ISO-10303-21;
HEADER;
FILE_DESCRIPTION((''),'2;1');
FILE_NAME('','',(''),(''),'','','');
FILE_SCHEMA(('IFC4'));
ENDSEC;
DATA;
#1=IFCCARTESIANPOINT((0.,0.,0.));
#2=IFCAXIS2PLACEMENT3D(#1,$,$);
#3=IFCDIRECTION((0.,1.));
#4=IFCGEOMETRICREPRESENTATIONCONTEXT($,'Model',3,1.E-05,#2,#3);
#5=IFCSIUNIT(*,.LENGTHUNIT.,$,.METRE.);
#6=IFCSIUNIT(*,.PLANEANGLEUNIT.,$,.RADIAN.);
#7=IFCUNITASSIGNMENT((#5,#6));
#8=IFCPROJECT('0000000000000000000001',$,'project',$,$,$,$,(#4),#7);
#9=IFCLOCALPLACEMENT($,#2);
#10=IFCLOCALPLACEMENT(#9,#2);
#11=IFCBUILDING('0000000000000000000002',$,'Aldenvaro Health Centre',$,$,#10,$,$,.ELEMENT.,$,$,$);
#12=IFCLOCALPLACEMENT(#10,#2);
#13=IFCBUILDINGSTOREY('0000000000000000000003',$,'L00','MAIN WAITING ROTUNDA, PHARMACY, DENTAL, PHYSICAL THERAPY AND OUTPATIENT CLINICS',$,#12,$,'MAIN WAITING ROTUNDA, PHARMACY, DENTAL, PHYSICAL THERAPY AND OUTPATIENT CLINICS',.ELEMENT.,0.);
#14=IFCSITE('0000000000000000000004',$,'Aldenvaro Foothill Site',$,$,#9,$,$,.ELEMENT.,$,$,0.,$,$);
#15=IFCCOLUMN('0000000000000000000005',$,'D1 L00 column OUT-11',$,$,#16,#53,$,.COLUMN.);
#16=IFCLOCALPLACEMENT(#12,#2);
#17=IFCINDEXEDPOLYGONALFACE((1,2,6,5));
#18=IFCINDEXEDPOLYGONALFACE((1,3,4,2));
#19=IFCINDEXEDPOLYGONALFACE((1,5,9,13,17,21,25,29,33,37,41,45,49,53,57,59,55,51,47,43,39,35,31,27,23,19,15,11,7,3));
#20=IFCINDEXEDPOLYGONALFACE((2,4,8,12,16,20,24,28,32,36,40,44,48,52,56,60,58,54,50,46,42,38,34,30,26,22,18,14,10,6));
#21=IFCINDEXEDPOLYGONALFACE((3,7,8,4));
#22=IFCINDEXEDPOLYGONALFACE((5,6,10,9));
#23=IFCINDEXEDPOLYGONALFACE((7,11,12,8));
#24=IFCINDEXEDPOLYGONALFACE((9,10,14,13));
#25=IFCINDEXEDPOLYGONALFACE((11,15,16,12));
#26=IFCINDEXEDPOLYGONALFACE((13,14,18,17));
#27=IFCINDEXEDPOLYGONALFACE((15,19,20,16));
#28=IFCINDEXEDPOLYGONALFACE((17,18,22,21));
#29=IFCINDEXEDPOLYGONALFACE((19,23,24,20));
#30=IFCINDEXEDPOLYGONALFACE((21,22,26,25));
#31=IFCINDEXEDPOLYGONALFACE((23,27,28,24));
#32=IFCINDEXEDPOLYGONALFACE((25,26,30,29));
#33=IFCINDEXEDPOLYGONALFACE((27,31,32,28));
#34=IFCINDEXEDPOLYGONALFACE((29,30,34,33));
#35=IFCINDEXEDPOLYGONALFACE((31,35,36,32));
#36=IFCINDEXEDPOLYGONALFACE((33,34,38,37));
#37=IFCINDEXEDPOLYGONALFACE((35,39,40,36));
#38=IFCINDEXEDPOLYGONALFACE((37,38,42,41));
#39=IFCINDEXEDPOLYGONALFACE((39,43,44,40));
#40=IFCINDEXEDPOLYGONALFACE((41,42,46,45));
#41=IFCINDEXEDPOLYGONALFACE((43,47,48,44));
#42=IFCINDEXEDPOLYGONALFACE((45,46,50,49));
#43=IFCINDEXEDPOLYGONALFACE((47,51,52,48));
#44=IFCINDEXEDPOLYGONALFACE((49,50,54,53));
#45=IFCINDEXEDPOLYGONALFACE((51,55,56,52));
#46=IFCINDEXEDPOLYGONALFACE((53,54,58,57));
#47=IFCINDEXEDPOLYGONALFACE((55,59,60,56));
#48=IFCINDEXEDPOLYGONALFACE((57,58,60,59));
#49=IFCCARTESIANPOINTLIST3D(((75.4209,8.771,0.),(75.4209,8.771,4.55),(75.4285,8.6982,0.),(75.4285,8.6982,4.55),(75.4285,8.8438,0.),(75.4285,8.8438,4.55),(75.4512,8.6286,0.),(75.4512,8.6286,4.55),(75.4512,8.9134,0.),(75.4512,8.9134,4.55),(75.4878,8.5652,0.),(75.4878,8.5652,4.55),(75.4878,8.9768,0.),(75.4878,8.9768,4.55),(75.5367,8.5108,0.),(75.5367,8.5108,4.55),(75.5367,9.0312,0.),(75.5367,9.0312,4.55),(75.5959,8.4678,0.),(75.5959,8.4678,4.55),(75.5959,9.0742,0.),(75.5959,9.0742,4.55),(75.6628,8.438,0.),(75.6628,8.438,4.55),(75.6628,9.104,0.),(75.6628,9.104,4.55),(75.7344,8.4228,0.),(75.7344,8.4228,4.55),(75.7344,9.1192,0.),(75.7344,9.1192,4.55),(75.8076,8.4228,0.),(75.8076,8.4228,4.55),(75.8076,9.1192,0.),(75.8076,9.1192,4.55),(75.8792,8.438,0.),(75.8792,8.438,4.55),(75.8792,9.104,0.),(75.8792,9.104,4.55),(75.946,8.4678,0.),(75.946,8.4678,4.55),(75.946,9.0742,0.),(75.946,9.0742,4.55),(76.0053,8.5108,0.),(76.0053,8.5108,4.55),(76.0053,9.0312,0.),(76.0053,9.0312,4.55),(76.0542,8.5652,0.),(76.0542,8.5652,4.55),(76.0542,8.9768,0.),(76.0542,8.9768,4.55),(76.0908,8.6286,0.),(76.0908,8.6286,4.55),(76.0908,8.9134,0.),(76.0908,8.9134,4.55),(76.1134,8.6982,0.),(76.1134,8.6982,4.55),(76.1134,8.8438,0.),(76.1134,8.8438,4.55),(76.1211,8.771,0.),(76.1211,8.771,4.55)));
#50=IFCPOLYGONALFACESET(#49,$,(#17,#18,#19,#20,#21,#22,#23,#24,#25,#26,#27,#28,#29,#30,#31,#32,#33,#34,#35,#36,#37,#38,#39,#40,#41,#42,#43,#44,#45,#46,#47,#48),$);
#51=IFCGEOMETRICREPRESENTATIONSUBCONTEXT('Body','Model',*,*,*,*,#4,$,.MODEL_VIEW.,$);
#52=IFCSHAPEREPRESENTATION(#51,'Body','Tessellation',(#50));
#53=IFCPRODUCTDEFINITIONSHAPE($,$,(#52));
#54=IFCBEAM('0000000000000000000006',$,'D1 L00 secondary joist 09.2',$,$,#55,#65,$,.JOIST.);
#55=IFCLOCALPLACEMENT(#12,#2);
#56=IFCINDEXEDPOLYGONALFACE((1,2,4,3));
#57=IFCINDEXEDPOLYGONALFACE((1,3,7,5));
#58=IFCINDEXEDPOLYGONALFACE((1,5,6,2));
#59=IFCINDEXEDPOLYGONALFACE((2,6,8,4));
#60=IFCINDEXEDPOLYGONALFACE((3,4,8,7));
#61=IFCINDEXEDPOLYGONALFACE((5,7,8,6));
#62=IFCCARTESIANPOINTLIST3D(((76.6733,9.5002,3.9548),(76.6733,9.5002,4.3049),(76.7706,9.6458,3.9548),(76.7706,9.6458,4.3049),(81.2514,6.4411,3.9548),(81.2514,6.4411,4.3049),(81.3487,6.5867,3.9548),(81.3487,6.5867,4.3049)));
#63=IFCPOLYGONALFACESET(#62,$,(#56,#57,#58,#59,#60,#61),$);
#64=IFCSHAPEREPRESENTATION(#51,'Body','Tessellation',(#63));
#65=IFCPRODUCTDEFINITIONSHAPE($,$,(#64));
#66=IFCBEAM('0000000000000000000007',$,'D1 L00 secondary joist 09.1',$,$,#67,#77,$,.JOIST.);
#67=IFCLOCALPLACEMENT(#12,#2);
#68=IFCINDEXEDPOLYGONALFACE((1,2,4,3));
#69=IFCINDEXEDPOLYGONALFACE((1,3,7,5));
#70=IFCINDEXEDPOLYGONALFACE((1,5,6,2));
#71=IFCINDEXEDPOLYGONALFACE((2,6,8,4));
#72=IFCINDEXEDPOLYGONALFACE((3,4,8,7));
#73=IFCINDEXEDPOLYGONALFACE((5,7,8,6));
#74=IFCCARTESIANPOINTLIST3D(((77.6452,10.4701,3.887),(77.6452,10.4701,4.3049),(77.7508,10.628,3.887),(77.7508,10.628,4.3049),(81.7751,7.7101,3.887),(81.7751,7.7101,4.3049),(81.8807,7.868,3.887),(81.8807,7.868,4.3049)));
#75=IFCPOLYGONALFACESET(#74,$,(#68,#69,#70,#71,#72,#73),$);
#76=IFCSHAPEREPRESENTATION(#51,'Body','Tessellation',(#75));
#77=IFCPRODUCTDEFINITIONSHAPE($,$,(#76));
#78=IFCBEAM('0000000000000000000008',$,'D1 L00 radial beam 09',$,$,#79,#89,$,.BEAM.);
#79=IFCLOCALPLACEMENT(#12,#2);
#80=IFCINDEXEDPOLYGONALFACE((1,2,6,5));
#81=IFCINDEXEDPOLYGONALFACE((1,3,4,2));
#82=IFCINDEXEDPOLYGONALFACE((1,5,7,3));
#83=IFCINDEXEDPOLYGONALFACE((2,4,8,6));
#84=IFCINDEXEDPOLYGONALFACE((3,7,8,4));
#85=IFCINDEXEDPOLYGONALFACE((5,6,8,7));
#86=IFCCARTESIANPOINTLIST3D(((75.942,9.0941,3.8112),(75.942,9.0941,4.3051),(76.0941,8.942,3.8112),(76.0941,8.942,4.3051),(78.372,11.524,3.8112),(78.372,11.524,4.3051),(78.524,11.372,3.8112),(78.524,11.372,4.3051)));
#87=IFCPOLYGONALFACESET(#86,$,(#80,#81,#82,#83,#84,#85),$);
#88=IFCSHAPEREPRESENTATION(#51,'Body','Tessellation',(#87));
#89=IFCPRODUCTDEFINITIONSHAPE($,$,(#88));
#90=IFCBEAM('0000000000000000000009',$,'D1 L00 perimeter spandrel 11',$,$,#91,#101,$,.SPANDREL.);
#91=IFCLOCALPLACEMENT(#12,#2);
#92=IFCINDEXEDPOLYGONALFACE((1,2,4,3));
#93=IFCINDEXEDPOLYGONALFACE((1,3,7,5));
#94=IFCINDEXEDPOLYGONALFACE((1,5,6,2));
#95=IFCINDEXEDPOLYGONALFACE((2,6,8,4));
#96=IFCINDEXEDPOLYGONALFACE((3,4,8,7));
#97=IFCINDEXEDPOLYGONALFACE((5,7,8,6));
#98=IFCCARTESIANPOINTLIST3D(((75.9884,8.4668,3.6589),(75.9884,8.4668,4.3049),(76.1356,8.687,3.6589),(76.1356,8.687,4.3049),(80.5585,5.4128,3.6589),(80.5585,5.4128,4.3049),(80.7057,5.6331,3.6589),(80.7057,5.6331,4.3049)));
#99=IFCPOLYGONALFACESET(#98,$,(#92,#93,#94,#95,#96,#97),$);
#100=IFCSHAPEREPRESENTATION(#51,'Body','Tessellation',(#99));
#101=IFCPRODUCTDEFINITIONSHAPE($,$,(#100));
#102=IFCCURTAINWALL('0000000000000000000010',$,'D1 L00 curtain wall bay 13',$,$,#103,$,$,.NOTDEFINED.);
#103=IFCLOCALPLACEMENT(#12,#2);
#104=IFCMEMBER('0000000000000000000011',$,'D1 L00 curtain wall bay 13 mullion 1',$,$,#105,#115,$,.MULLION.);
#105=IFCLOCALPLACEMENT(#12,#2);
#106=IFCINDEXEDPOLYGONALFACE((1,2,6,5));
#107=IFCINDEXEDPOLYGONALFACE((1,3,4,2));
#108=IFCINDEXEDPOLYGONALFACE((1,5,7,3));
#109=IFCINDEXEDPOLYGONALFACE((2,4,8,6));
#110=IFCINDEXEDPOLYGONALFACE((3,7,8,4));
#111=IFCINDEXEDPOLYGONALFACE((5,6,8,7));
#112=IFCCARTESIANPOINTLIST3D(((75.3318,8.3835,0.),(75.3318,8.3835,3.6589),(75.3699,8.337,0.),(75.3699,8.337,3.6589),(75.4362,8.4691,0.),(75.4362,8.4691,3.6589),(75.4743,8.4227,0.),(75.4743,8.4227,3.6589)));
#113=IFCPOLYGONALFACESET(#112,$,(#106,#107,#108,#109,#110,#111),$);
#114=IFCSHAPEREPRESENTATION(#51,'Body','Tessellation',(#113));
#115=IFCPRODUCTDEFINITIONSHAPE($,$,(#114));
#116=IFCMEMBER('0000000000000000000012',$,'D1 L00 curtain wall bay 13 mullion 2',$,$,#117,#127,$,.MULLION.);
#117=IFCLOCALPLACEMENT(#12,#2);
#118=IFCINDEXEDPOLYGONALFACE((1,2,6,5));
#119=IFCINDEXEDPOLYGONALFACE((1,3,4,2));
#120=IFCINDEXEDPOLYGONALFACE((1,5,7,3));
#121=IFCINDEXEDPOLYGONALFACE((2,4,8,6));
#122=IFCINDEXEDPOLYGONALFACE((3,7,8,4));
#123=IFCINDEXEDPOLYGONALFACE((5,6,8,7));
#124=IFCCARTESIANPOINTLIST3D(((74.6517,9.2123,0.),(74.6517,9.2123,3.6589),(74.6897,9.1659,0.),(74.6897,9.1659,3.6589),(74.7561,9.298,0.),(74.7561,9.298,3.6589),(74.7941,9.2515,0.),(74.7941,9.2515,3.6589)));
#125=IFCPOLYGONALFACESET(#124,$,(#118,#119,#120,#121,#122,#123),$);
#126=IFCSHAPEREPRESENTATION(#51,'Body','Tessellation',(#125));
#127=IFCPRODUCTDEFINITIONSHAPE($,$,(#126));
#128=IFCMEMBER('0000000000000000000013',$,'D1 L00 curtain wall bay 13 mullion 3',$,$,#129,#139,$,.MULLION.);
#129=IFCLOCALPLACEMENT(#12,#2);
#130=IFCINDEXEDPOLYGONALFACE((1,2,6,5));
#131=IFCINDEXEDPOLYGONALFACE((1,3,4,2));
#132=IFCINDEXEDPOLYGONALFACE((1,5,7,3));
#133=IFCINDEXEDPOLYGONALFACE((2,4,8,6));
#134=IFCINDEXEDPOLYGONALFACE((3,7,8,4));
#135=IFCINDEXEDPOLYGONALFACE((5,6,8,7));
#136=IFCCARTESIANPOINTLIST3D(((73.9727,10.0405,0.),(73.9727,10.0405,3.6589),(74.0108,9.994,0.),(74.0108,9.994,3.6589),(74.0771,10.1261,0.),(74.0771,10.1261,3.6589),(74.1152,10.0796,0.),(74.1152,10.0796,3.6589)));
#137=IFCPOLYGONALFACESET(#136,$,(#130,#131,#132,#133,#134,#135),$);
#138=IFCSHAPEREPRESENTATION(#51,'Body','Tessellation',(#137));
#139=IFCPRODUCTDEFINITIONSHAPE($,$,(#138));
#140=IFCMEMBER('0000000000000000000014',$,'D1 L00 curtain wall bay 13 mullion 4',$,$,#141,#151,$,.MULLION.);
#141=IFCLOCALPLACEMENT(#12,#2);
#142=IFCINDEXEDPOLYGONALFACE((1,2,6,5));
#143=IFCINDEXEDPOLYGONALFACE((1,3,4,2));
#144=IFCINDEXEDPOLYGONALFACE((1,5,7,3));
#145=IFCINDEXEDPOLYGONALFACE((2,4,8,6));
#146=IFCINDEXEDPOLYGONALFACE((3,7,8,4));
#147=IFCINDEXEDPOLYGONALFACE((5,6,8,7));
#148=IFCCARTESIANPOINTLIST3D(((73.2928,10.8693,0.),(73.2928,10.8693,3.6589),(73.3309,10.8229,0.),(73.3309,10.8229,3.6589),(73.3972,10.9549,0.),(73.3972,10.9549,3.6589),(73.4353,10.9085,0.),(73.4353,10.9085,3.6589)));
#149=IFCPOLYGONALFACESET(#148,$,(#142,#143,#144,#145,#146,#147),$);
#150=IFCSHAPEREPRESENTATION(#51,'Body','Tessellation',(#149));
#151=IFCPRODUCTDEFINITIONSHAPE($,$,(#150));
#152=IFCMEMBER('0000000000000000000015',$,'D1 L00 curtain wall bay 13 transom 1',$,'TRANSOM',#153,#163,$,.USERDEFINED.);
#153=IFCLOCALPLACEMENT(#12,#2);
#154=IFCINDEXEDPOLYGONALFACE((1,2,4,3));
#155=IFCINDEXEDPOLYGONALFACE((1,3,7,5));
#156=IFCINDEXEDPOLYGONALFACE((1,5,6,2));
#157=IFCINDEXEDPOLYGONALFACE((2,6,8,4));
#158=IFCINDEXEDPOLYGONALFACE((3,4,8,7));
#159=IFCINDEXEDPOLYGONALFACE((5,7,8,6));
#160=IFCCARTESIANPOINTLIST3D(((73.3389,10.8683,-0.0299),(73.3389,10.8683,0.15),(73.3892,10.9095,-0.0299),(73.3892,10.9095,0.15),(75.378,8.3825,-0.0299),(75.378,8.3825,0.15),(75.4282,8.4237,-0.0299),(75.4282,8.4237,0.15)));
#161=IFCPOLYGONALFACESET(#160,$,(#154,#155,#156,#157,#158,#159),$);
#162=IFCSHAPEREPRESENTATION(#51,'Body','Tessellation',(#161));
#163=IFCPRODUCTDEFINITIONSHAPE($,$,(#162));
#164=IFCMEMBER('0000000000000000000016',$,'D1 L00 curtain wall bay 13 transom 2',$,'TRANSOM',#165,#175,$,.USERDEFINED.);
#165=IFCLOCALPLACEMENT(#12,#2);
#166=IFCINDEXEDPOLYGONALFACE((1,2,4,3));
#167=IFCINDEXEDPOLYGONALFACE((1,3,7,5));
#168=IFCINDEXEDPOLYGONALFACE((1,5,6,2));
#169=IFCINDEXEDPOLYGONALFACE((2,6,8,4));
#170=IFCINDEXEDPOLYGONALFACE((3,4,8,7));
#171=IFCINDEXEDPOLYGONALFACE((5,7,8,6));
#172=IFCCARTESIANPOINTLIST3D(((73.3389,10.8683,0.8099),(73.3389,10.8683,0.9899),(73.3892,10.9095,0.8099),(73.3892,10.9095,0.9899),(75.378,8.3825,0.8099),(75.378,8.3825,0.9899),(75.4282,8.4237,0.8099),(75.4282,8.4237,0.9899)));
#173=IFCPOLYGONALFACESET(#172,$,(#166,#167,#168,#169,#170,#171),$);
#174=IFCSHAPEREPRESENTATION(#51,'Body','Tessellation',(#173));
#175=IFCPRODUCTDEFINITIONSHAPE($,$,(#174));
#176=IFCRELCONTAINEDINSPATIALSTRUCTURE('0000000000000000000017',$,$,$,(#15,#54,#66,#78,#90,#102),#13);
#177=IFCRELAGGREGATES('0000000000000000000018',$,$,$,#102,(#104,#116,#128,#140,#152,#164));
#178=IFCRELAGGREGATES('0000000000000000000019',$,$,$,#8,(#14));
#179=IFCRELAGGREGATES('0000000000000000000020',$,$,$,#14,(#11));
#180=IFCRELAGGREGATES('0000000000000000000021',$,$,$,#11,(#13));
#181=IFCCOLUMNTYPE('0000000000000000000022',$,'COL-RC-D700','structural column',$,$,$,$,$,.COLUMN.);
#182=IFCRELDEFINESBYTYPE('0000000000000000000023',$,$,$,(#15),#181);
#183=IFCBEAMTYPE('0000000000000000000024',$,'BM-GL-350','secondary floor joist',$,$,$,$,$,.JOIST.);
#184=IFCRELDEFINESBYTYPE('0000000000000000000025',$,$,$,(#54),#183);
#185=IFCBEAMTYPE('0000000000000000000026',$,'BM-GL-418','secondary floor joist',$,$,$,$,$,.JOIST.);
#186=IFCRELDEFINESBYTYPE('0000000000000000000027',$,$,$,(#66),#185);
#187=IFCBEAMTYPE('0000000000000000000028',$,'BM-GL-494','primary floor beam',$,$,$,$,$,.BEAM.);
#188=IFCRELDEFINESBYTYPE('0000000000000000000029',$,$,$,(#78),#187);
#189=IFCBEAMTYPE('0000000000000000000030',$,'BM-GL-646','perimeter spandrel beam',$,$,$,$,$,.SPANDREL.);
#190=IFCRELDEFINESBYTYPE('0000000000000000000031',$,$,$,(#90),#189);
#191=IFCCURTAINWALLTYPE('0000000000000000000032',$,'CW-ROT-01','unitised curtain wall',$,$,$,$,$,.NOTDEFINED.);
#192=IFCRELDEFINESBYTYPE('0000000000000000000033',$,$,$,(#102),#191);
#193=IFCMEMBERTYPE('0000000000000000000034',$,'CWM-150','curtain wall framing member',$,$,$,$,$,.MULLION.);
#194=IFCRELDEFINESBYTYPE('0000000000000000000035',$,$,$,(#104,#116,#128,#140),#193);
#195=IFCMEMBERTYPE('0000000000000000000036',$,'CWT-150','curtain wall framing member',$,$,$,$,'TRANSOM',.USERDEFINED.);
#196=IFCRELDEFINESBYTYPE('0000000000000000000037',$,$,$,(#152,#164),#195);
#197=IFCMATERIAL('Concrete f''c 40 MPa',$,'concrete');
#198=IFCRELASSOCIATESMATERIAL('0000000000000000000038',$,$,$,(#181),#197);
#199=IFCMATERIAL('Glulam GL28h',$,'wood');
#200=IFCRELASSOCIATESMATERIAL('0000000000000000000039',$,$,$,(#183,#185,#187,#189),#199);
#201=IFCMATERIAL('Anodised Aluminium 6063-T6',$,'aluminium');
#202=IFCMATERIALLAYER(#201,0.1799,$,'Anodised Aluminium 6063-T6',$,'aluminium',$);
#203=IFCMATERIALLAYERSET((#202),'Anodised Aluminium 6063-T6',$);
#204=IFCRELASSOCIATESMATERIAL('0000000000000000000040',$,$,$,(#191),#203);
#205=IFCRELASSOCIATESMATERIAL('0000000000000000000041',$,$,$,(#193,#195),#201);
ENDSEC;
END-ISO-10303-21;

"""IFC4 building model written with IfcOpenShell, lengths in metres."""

from ifc_helpers import new_model, si_unit, direction, frame, origin, origin_2d, place, context, subcontext, project, spatial, rectangle, circle, extrude, material, layer, layer_set, material_profile, profile_set, type_object, element, aggregate, save


model = new_model("IFC4")

# Units and contexts
model_context = context("Model", 3, precision=1e-05, world=origin(), true_north=direction((0.0, 1.0)))
body_context = subcontext(model_context, "Body", "Model", "MODEL_VIEW")
ifc_project = project(units=[si_unit("LENGTHUNIT", "METRE"), si_unit("PLANEANGLEUNIT", "RADIAN")], contexts=[model_context])

# Site, building, storey
site_placement = place(None, origin())
site = spatial("IfcSite", under=ifc_project, at=site_placement, Name="Aldenvaro Foothill Site", CompositionType="ELEMENT", RefElevation=0.0)
building_placement = place(site_placement, origin())
building = spatial("IfcBuilding", under=site, at=building_placement, Name="Aldenvaro Health Centre", CompositionType="ELEMENT")
storey_placement = place(building_placement, origin())
storey = spatial("IfcBuildingStorey", under=building, at=storey_placement, Name="L00", Description="MAIN WAITING ROTUNDA, PHARMACY, DENTAL, PHYSICAL THERAPY AND OUTPATIENT CLINICS", LongName="MAIN WAITING ROTUNDA, PHARMACY, DENTAL, PHYSICAL THERAPY AND OUTPATIENT CLINICS", CompositionType="ELEMENT", Elevation=0.0)

# Column
ifc_material_1 = material(Name="Concrete f'c 40 MPa", Category="concrete")
ifc_material_profile_1 = material_profile(ifc_material_1, circle(Radius=0.3501, at=origin_2d()), Name="RC D700", Category="concrete")
ifc_profile_set_1 = profile_set([ifc_material_profile_1], Name="Concrete f'c 40 MPa")
column_type = type_object("IfcColumnType", Name="COL-RC-D700", Description="structural column", PredefinedType="COLUMN", material=ifc_profile_set_1)
column_placement = place(storey_placement, frame((75.771, 8.771, 0.0), z_axis=(0.0, 0.0, 1.0), x_axis=(1.0, 0.0, 0.0)))
element("IfcColumn", 1, at=column_placement, inside=storey, type_object=column_type, Name="D1 L00 column OUT-11", PredefinedType="COLUMN", context=body_context, shape_type="SweptSolid", body=[
    extrude(circle(Radius=0.3501, at=origin_2d()), origin(), (0.0, 0.0, 1.0), 4.55),
])

# Beams
ifc_material_2 = material(Name="Glulam GL28h", Category="wood")
ifc_material_profile_2 = material_profile(ifc_material_2, rectangle(XDim=0.175, YDim=0.3501, at=origin_2d()), Name="GL 175x350", Category="wood")
ifc_profile_set_2 = profile_set([ifc_material_profile_2], Name="Glulam GL28h")
beam_type_1 = type_object("IfcBeamType", Name="BM-GL-350", Description="secondary floor joist", PredefinedType="JOIST", material=ifc_profile_set_2)
beam_1_placement = place(storey_placement, frame((76.7219, 9.573, 4.1299), z_axis=(0.831463, -0.55558, 0.0), x_axis=(0.55558, 0.831463, 0.0)))
element("IfcBeam", 2, at=beam_1_placement, inside=storey, type_object=beam_type_1, Name="D1 L00 secondary joist 09.2", PredefinedType="JOIST", context=body_context, shape_type="SweptSolid", body=[
    extrude(rectangle(XDim=0.175, YDim=0.3501, at=origin_2d()), origin(), (0.0, 0.0, 1.0), 5.5061),
])
ifc_material_profile_3 = material_profile(ifc_material_2, rectangle(XDim=0.1899, YDim=0.418, at=origin_2d()), Name="GL 190x418", Category="wood")
ifc_profile_set_3 = profile_set([ifc_material_profile_3], Name="Glulam GL28h")
beam_type_2 = type_object("IfcBeamType", Name="BM-GL-418", Description="secondary floor joist", PredefinedType="JOIST", material=ifc_profile_set_3)
beam_2_placement = place(storey_placement, frame((77.698, 10.5491, 4.0959), z_axis=(0.831422, -0.555641, 0.0), x_axis=(0.555641, 0.831422, 0.0)))
element("IfcBeam", 3, at=beam_2_placement, inside=storey, type_object=beam_type_2, Name="D1 L00 secondary joist 09.1", PredefinedType="JOIST", context=body_context, shape_type="SweptSolid", body=[
    extrude(rectangle(XDim=0.1899, YDim=0.418, at=origin_2d()), origin(), (0.0, 0.0, 1.0), 4.9673),
])
ifc_material_profile_4 = material_profile(ifc_material_2, rectangle(XDim=0.2151, YDim=0.4939, at=origin_2d()), Name="GL 215x494", Category="wood")
ifc_profile_set_4 = profile_set([ifc_material_profile_4], Name="Glulam GL28h")
beam_type_3 = type_object("IfcBeamType", Name="BM-GL-494", Description="primary floor beam", PredefinedType="BEAM", material=ifc_profile_set_4)
beam_3_placement = place(storey_placement, frame((78.448, 11.448, 4.0581), z_axis=(-0.707107, -0.707107, 0.0), x_axis=(0.707107, -0.707107, 0.0)))
element("IfcBeam", 4, at=beam_3_placement, inside=storey, type_object=beam_type_3, Name="D1 L00 radial beam 09", PredefinedType="BEAM", context=body_context, shape_type="SweptSolid", body=[
    extrude(rectangle(XDim=0.2151, YDim=0.4939, at=origin_2d()), origin(), (0.0, 0.0, 1.0), 3.4365),
])
ifc_material_profile_5 = material_profile(ifc_material_2, rectangle(XDim=0.2649, YDim=0.646, at=origin_2d()), Name="GL 265x646", Category="wood")
ifc_profile_set_5 = profile_set([ifc_material_profile_5], Name="Glulam GL28h")
beam_type_4 = type_object("IfcBeamType", Name="BM-GL-646", Description="perimeter spandrel beam", PredefinedType="SPANDREL", material=ifc_profile_set_5)
beam_4_placement = place(storey_placement, frame((76.062, 8.5769, 3.9819), z_axis=(0.831442, -0.555612, 0.0), x_axis=(0.555612, 0.831442, 0.0)))
element("IfcBeam", 5, at=beam_4_placement, inside=storey, type_object=beam_type_4, Name="D1 L00 perimeter spandrel 11", PredefinedType="SPANDREL", context=body_context, shape_type="SweptSolid", body=[
    extrude(rectangle(XDim=0.2649, YDim=0.646, at=origin_2d()), origin(), (0.0, 0.0, 1.0), 5.4966),
])

# Curtain wall, members
ifc_material_3 = material(Name="Anodised Aluminium 6063-T6", Category="aluminium")
ifc_layer_1 = layer(ifc_material_3, 0.1799, Name="Anodised Aluminium 6063-T6", Category="aluminium")
ifc_layer_set_1 = layer_set([ifc_layer_1], Name="Anodised Aluminium 6063-T6")
curtain_wall_type = type_object("IfcCurtainWallType", Name="CW-ROT-01", Description="unitised curtain wall", PredefinedType="NOTDEFINED", material=ifc_layer_set_1)
curtain_wall_placement = place(storey_placement, origin())
curtain_wall = element("IfcCurtainWall", 6, at=curtain_wall_placement, inside=storey, type_object=curtain_wall_type, Name="D1 L00 curtain wall bay 13", PredefinedType="NOTDEFINED")
ifc_material_profile_6 = material_profile(ifc_material_3, rectangle(XDim=0.0601, YDim=0.135, at=origin_2d()), Name="ALU 60x135", Category="aluminium")
ifc_profile_set_6 = profile_set([ifc_material_profile_6], Name="Anodised Aluminium 6063-T6")
member_type_1 = type_object("IfcMemberType", Name="CWM-150", Description="curtain wall framing member", PredefinedType="MULLION", material=ifc_profile_set_6)
member_1_placement = place(storey_placement, frame((75.4031, 8.4031, 0.0), z_axis=(0.0, 0.0, 1.0), x_axis=(-0.634169, 0.773195, 0.0)))
member_1 = element("IfcMember", 7, at=member_1_placement, type_object=member_type_1, Name="D1 L00 curtain wall bay 13 mullion 1", PredefinedType="MULLION", context=body_context, shape_type="SweptSolid", body=[
    extrude(rectangle(XDim=0.0601, YDim=0.135, at=origin_2d()), origin(), (0.0, 0.0, 1.0), 3.6589),
])
member_2_placement = place(storey_placement, frame((74.7229, 9.2319, 0.0), z_axis=(0.0, 0.0, 1.0), x_axis=(-0.634169, 0.773195, 0.0)))
member_2 = element("IfcMember", 8, at=member_2_placement, type_object=member_type_1, Name="D1 L00 curtain wall bay 13 mullion 2", PredefinedType="MULLION", context=body_context, shape_type="SweptSolid", body=[
    extrude(rectangle(XDim=0.0601, YDim=0.135, at=origin_2d()), origin(), (0.0, 0.0, 1.0), 3.6589),
])
member_3_placement = place(storey_placement, frame((74.0439, 10.0601, 0.0), z_axis=(0.0, 0.0, 1.0), x_axis=(-0.634169, 0.773195, 0.0)))
member_3 = element("IfcMember", 9, at=member_3_placement, type_object=member_type_1, Name="D1 L00 curtain wall bay 13 mullion 3", PredefinedType="MULLION", context=body_context, shape_type="SweptSolid", body=[
    extrude(rectangle(XDim=0.0601, YDim=0.135, at=origin_2d()), origin(), (0.0, 0.0, 1.0), 3.6589),
])
member_4_placement = place(storey_placement, frame((73.364, 10.8889, 0.0), z_axis=(0.0, 0.0, 1.0), x_axis=(-0.634169, 0.773195, 0.0)))
member_4 = element("IfcMember", 10, at=member_4_placement, type_object=member_type_1, Name="D1 L00 curtain wall bay 13 mullion 4", PredefinedType="MULLION", context=body_context, shape_type="SweptSolid", body=[
    extrude(rectangle(XDim=0.0601, YDim=0.135, at=origin_2d()), origin(), (0.0, 0.0, 1.0), 3.6589),
])
ifc_material_profile_7 = material_profile(ifc_material_3, rectangle(XDim=0.0649, YDim=0.1799, at=origin_2d()), Name="ALU 65x180", Category="aluminium")
ifc_profile_set_7 = profile_set([ifc_material_profile_7], Name="Anodised Aluminium 6063-T6")
member_type_2 = type_object("IfcMemberType", Name="CWT-150", Description="curtain wall framing member", ElementType="TRANSOM", PredefinedType="USERDEFINED", material=ifc_profile_set_7)
member_5_placement = place(storey_placement, frame((75.4031, 8.4031, 0.0601), z_axis=(-0.634205, 0.773165, 0.0), x_axis=(-0.773165, -0.634205, 0.0)))
member_5 = element("IfcMember", 11, at=member_5_placement, type_object=member_type_2, Name="D1 L00 curtain wall bay 13 transom 1", ObjectType="TRANSOM", PredefinedType="USERDEFINED", context=body_context, shape_type="SweptSolid", body=[
    extrude(rectangle(XDim=0.0649, YDim=0.1799, at=origin_2d()), origin(), (0.0, 0.0, 1.0), 3.2151),
])
member_6_placement = place(storey_placement, frame((75.4031, 8.4031, 0.8999), z_axis=(-0.634205, 0.773165, 0.0), x_axis=(-0.773165, -0.634205, 0.0)))
member_6 = element("IfcMember", 12, at=member_6_placement, type_object=member_type_2, Name="D1 L00 curtain wall bay 13 transom 2", ObjectType="TRANSOM", PredefinedType="USERDEFINED", context=body_context, shape_type="SweptSolid", body=[
    extrude(rectangle(XDim=0.0649, YDim=0.1799, at=origin_2d()), origin(), (0.0, 0.0, 1.0), 3.2151),
])

aggregate(curtain_wall, [member_1, member_2, member_3, member_4, member_5, member_6])

save(model, "model.ifc")
